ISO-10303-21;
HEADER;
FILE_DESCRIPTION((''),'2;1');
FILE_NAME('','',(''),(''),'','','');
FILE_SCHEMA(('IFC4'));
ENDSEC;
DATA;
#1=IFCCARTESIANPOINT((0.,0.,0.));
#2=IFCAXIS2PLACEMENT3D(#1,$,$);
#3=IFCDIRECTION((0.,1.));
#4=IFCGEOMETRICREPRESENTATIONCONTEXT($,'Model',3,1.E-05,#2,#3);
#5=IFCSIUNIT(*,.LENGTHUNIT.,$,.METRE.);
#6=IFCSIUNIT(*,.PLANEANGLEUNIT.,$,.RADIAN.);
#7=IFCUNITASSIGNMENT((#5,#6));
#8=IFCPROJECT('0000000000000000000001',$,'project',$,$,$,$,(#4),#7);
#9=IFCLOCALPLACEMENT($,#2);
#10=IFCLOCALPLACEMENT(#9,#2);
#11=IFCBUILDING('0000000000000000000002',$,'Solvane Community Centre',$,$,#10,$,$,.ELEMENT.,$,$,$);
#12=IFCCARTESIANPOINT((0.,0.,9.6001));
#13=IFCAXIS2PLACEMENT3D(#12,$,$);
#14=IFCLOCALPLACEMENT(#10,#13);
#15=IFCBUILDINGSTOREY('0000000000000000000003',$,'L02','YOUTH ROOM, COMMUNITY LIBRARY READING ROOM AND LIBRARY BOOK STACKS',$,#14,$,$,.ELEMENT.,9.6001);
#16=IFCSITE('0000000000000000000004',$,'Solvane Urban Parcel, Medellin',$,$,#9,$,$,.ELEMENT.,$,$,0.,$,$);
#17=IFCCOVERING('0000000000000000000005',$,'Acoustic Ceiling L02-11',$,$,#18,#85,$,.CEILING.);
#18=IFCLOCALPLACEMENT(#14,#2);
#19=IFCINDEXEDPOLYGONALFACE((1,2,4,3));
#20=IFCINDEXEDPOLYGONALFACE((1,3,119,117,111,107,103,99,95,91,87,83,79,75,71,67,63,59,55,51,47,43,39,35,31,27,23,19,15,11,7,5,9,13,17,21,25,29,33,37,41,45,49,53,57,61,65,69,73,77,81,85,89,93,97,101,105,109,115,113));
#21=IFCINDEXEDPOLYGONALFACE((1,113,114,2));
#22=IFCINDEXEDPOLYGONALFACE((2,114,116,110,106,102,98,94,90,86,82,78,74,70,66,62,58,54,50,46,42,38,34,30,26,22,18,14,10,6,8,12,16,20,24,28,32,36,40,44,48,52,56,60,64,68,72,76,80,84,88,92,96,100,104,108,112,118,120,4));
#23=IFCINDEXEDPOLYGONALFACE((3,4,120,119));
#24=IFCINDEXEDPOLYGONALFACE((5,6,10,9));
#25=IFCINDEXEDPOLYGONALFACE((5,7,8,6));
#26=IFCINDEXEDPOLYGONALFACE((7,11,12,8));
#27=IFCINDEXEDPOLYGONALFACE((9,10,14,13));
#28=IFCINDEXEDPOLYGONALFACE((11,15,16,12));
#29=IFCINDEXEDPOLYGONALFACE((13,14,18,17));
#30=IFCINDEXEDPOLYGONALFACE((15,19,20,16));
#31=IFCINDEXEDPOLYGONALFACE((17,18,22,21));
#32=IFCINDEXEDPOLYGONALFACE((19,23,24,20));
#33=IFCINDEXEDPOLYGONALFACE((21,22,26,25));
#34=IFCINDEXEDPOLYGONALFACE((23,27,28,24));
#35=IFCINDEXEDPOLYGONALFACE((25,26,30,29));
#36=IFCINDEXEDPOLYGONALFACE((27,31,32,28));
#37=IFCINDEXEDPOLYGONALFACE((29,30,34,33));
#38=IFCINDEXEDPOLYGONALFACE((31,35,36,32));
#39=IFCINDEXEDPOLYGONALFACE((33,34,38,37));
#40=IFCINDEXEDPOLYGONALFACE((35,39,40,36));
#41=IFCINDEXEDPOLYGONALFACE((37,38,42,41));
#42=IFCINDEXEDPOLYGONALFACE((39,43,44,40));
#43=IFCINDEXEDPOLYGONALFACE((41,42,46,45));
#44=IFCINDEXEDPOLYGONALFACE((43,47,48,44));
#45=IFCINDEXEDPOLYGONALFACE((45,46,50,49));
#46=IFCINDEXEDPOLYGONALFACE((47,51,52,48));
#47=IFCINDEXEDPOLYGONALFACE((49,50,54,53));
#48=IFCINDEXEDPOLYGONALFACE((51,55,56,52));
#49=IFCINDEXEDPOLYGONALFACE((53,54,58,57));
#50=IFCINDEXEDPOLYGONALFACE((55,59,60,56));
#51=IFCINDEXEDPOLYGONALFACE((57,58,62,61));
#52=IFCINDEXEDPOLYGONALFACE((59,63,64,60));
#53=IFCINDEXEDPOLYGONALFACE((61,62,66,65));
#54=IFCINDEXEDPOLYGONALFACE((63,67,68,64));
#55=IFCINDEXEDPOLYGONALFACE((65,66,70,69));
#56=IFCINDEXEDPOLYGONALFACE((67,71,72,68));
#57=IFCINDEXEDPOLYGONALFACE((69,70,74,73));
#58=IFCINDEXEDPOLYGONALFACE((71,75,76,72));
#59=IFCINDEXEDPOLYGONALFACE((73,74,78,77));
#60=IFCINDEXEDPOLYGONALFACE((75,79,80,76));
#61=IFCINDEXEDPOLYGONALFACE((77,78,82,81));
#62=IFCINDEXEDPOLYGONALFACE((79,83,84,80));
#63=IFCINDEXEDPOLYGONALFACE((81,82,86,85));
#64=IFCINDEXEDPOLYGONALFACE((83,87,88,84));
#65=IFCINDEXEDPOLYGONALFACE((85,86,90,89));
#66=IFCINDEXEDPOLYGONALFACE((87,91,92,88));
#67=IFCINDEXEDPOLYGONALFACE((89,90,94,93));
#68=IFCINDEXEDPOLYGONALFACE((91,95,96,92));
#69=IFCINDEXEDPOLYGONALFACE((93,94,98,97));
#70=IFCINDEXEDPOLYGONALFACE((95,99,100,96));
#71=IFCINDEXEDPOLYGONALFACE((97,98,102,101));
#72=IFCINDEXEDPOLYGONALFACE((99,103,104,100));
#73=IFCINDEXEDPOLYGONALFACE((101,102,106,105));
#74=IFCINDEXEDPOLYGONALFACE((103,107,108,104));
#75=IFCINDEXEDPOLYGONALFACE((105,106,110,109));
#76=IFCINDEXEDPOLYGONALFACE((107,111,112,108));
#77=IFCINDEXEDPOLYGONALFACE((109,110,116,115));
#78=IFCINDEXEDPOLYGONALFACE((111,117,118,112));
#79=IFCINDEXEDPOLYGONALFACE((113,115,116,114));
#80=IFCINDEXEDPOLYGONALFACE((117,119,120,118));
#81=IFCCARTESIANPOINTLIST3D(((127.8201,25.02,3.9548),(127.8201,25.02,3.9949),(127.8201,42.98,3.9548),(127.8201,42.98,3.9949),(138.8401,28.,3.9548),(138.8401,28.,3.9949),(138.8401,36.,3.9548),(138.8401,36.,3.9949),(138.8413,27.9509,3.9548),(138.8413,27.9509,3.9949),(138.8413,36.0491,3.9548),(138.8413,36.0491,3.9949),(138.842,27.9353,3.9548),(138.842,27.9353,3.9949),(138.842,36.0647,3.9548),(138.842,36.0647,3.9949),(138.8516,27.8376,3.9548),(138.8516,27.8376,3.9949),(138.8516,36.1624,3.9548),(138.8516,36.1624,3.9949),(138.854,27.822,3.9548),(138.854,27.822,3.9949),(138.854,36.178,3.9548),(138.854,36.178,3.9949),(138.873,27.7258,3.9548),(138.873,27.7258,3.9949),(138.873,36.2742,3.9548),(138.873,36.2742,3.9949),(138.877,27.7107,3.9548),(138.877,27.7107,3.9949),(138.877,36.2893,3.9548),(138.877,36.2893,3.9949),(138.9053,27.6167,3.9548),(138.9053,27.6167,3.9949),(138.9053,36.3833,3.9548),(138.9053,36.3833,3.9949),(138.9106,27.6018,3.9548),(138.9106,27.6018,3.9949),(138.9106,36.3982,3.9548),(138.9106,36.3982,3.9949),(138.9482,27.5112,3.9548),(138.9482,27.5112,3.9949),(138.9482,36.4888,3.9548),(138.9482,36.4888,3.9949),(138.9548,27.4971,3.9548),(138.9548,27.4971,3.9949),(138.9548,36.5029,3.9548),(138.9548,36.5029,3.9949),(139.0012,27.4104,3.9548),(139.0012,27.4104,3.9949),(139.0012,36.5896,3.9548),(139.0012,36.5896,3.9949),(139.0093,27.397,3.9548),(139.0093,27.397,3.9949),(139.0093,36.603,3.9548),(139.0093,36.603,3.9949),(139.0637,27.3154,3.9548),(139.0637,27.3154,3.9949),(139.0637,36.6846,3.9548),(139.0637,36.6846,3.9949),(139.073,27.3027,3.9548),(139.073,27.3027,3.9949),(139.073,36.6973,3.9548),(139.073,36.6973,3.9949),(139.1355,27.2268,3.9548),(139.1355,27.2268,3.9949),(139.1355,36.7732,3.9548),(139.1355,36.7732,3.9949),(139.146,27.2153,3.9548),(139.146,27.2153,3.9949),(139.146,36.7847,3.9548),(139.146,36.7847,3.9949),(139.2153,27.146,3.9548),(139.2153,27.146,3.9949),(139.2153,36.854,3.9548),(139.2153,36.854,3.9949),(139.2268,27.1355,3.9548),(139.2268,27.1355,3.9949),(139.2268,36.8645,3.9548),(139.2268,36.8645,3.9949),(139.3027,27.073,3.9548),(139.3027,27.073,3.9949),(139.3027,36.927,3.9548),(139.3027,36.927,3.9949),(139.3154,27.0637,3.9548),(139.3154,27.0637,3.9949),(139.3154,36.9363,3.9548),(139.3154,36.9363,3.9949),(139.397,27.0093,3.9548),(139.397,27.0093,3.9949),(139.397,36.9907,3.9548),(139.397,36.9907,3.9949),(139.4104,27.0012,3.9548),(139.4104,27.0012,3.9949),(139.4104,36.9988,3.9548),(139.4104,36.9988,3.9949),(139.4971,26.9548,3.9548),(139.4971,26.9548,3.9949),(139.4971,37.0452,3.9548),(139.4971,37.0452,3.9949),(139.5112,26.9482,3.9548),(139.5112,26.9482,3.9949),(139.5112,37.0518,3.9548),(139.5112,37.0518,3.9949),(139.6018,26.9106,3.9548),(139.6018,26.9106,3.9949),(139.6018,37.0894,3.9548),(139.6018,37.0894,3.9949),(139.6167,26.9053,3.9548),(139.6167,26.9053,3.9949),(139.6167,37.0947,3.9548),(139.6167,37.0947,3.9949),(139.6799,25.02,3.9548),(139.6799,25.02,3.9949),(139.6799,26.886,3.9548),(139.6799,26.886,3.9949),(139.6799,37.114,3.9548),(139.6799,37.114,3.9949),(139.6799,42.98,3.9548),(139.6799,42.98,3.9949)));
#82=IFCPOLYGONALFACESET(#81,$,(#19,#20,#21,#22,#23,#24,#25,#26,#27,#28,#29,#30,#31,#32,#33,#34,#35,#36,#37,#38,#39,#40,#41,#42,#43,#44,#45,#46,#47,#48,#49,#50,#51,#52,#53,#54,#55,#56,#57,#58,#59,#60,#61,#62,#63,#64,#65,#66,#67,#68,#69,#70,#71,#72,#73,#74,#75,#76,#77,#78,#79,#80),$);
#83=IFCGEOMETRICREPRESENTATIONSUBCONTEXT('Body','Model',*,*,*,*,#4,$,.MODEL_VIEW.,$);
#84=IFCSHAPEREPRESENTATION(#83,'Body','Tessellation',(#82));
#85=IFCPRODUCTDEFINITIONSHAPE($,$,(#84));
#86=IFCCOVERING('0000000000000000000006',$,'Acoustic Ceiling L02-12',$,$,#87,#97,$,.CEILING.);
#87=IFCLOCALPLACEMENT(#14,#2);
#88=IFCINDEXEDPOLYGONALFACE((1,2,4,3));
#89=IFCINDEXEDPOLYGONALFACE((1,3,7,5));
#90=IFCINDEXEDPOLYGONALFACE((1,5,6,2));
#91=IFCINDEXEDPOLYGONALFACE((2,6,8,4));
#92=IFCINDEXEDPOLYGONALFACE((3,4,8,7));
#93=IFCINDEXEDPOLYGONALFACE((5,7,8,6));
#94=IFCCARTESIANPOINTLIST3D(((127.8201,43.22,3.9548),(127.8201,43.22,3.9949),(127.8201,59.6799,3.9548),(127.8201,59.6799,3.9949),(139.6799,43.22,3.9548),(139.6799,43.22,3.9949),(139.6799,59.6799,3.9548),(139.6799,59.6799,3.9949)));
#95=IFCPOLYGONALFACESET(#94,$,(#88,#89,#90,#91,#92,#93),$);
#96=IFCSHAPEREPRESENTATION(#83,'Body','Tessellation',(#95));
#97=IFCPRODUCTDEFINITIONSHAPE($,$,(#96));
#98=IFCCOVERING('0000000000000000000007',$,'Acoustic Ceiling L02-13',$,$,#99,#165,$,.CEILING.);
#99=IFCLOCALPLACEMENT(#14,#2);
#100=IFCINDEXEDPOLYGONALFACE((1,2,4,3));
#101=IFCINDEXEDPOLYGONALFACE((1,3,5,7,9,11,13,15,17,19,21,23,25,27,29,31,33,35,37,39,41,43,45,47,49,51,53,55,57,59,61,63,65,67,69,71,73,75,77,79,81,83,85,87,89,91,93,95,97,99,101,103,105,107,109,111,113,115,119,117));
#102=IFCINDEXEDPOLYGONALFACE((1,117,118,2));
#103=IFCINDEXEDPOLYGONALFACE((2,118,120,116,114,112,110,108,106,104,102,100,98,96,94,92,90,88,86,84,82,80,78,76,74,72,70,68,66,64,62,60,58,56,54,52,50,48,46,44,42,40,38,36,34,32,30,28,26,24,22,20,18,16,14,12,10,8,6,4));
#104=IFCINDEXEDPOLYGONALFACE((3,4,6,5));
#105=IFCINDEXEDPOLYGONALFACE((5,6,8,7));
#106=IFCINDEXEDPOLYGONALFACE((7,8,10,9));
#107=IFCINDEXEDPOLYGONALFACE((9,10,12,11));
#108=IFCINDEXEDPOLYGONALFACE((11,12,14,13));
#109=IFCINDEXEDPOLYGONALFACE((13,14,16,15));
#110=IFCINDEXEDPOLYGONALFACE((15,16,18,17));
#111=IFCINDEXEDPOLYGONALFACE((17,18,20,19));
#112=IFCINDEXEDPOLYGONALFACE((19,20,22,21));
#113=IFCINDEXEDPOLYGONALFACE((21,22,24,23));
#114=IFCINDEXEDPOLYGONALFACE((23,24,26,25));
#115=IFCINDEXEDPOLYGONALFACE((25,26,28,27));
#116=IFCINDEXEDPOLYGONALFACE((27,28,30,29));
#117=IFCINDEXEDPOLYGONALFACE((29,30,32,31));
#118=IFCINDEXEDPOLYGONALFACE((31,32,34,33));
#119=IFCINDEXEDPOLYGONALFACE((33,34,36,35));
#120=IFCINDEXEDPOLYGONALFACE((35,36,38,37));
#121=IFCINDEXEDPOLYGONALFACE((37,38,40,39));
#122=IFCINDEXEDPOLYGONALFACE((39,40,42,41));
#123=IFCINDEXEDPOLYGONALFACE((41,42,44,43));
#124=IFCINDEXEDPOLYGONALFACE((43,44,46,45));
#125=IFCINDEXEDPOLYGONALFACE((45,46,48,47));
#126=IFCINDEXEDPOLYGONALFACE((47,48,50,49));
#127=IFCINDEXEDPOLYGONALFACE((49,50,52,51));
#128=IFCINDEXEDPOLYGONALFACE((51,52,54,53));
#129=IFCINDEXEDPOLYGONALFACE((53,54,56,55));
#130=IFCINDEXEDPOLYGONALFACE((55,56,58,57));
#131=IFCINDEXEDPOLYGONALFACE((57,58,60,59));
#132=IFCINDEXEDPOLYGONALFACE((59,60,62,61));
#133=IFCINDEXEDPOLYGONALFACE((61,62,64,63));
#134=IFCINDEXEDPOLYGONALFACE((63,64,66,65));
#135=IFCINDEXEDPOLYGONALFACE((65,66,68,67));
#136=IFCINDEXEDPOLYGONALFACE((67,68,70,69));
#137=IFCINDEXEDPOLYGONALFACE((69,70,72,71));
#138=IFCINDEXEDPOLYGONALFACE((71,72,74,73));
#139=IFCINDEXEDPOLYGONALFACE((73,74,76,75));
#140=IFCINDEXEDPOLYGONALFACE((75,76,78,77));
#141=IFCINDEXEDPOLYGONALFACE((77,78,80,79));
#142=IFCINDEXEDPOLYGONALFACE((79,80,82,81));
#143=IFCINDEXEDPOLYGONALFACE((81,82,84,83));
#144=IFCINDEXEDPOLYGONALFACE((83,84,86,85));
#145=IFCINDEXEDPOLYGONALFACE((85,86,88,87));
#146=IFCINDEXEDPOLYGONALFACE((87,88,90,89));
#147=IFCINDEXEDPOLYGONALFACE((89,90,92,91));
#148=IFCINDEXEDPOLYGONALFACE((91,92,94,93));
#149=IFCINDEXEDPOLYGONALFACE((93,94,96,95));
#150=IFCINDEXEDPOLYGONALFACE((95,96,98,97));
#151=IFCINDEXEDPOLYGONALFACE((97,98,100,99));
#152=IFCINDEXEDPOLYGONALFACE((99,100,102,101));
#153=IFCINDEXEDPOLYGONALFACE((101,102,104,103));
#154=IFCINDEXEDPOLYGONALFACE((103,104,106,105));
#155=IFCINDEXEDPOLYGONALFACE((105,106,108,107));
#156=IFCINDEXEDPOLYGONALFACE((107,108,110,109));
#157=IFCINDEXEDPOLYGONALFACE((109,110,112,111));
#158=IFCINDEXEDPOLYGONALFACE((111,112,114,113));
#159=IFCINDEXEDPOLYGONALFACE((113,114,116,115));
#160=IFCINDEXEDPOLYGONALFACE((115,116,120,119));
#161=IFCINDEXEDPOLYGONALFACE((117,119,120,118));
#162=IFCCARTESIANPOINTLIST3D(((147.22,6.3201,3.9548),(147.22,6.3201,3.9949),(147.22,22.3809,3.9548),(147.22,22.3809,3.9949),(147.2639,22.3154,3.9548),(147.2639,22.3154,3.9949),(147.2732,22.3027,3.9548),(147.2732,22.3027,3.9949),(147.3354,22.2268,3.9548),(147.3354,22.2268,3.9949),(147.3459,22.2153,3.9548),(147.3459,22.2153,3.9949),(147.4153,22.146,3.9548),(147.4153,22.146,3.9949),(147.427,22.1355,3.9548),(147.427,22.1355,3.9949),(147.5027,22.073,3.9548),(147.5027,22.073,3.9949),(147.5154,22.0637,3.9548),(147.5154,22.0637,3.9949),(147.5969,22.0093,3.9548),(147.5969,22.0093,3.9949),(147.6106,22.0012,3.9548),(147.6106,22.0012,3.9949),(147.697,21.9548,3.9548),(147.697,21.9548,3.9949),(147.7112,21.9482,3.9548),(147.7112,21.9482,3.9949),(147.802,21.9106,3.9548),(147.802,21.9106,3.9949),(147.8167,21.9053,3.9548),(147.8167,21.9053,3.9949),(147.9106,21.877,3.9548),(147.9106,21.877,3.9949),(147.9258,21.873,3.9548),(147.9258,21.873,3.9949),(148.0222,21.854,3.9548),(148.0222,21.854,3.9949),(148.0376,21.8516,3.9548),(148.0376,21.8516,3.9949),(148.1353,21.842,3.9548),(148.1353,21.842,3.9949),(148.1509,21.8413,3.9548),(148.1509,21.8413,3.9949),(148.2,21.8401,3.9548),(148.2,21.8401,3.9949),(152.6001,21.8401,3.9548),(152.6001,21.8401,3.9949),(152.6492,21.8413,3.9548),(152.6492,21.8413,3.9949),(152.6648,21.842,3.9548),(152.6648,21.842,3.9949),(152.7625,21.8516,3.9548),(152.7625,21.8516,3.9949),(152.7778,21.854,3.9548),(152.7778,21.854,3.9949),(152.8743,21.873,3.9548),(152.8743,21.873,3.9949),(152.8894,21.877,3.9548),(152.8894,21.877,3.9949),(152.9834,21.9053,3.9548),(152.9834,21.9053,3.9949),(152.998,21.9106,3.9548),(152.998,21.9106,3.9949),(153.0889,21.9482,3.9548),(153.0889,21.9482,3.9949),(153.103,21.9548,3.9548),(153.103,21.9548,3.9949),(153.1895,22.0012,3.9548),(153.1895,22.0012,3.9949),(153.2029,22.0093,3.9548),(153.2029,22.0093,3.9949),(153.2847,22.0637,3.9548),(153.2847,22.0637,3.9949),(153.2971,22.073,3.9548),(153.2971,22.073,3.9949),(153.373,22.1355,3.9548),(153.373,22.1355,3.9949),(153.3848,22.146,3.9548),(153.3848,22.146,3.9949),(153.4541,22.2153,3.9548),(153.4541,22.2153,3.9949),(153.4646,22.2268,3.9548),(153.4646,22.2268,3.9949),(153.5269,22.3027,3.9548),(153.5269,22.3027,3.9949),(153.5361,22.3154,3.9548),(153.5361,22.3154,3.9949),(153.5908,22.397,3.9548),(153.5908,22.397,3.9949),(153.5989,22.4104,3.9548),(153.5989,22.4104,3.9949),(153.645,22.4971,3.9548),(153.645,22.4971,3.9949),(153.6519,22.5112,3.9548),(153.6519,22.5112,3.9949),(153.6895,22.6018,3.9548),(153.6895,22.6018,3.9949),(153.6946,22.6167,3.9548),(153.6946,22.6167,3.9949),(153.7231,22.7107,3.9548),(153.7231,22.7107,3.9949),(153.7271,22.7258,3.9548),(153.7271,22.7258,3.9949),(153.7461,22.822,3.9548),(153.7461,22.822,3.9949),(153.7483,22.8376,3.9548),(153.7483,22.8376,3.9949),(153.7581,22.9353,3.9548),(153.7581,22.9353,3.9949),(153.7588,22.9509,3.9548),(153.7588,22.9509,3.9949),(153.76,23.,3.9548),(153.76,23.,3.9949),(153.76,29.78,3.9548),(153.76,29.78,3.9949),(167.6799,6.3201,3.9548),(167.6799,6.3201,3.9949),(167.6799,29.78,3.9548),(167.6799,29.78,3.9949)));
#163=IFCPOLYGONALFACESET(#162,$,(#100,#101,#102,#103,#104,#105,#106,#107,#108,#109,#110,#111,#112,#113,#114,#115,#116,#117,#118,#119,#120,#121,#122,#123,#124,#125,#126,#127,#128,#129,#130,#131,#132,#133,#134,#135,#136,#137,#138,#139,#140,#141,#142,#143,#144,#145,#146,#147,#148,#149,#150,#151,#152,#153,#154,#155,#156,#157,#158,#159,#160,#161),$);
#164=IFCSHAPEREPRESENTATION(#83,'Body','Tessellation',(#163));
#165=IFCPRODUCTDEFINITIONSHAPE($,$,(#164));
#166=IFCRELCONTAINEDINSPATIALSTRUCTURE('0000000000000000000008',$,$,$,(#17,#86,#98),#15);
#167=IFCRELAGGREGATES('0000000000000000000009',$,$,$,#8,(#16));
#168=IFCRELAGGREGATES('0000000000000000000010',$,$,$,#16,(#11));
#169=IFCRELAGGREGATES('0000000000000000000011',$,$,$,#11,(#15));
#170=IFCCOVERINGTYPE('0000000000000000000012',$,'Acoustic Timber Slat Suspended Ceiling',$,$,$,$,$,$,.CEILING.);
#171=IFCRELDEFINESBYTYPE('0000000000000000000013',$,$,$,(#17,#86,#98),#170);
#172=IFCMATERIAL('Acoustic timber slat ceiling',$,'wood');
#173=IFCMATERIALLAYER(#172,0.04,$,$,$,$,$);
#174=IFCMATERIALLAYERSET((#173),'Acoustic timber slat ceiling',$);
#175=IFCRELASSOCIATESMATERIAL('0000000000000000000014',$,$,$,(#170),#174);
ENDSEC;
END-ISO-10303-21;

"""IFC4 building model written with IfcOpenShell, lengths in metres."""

from ifc_helpers import new_model, si_unit, direction, frame, origin, place, context, subcontext, project, spatial, polyline, outline, extrude, material, layer, layer_set, type_object, element, save


model = new_model("IFC4")

# Units and contexts
model_context = context("Model", 3, precision=1e-05, world=origin(), true_north=direction((0.0, 1.0)))
body_context = subcontext(model_context, "Body", "Model", "MODEL_VIEW")
ifc_project = project(units=[si_unit("LENGTHUNIT", "METRE"), si_unit("PLANEANGLEUNIT", "RADIAN")], contexts=[model_context])

# Site, building, storey
site_placement = place(None, origin())
site = spatial("IfcSite", under=ifc_project, at=site_placement, Name="Solvane Urban Parcel, Medellin", CompositionType="ELEMENT", RefElevation=0.0)
building_placement = place(site_placement, origin())
building = spatial("IfcBuilding", under=site, at=building_placement, Name="Solvane Community Centre", CompositionType="ELEMENT")
storey_placement = place(building_placement, frame((0.0, 0.0, 9.6001)))
storey = spatial("IfcBuildingStorey", under=building, at=storey_placement, Name="L02", Description="YOUTH ROOM, COMMUNITY LIBRARY READING ROOM AND LIBRARY BOOK STACKS", CompositionType="ELEMENT", Elevation=9.6001)

# Coverings
ifc_material_1 = material(Name="Acoustic timber slat ceiling", Category="wood")
ifc_layer_1 = layer(ifc_material_1, 0.04)
ifc_layer_set_1 = layer_set([ifc_layer_1], Name="Acoustic timber slat ceiling")
covering_type = type_object("IfcCoveringType", Name="Acoustic Timber Slat Suspended Ceiling", PredefinedType="CEILING", material=ifc_layer_set_1)
covering_1_placement = place(storey_placement, frame((0.0, 0.0, 3.9548)))
element("IfcCovering", 1, at=covering_1_placement, inside=storey, type_object=covering_type, Name="Acoustic Ceiling L02-11", PredefinedType="CEILING", context=body_context, shape_type="SweptSolid", body=[
    extrude(outline(polyline([(139.6799, 25.02), (127.8201, 25.02), (127.8201, 42.98), (139.6799, 42.98), (139.6799, 37.114), (139.6167, 37.0947), (139.6018, 37.0894), (139.5112, 37.0518), (139.4971, 37.0452), (139.4104, 36.9988), (139.397, 36.9907), (139.3154, 36.9363), (139.3027, 36.927), (139.2268, 36.8645), (139.2153, 36.854), (139.146, 36.7847), (139.1355, 36.7732), (139.073, 36.6973), (139.0637, 36.6846), (139.0093, 36.603), (139.0012, 36.5896), (138.9548, 36.5029), (138.9482, 36.4888), (138.9106, 36.3982), (138.9053, 36.3833), (138.877, 36.2893), (138.873, 36.2742), (138.854, 36.178), (138.8516, 36.1624), (138.842, 36.0647), (138.8413, 36.0491), (138.8401, 36.0), (138.8401, 28.0), (138.8413, 27.9509), (138.842, 27.9353), (138.8516, 27.8376), (138.854, 27.822), (138.873, 27.7258), (138.877, 27.7107), (138.9053, 27.6167), (138.9106, 27.6018), (138.9482, 27.5112), (138.9548, 27.4971), (139.0012, 27.4104), (139.0093, 27.397), (139.0637, 27.3154), (139.073, 27.3027), (139.1355, 27.2268), (139.146, 27.2153), (139.2153, 27.146), (139.2268, 27.1355), (139.3027, 27.073), (139.3154, 27.0637), (139.397, 27.0093), (139.4104, 27.0012), (139.4971, 26.9548), (139.5112, 26.9482), (139.6018, 26.9106), (139.6167, 26.9053), (139.6799, 26.886), (139.6799, 25.02)])), origin(), (0.0, 0.0, 1.0), 0.04),
])
covering_2_placement = place(storey_placement, frame((0.0, 0.0, 3.9548)))
element("IfcCovering", 2, at=covering_2_placement, inside=storey, type_object=covering_type, Name="Acoustic Ceiling L02-12", PredefinedType="CEILING", context=body_context, shape_type="SweptSolid", body=[
    extrude(outline(polyline([(127.8201, 43.22), (127.8201, 59.6799), (139.6799, 59.6799), (139.6799, 43.22), (127.8201, 43.22)])), origin(), (0.0, 0.0, 1.0), 0.04),
])
covering_3_placement = place(storey_placement, frame((0.0, 0.0, 3.9548)))
element("IfcCovering", 3, at=covering_3_placement, inside=storey, type_object=covering_type, Name="Acoustic Ceiling L02-13", PredefinedType="CEILING", context=body_context, shape_type="SweptSolid", body=[
    extrude(outline(polyline([(167.6799, 29.78), (167.6799, 6.3201), (147.22, 6.3201), (147.22, 22.3809), (147.2639, 22.3154), (147.2732, 22.3027), (147.3354, 22.2268), (147.3459, 22.2153), (147.4153, 22.146), (147.427, 22.1355), (147.5027, 22.073), (147.5154, 22.0637), (147.5969, 22.0093), (147.6106, 22.0012), (147.697, 21.9548), (147.7112, 21.9482), (147.802, 21.9106), (147.8167, 21.9053), (147.9106, 21.877), (147.9258, 21.873), (148.0222, 21.854), (148.0376, 21.8516), (148.1353, 21.842), (148.1509, 21.8413), (148.2, 21.8401), (152.6001, 21.8401), (152.6492, 21.8413), (152.6648, 21.842), (152.7625, 21.8516), (152.7778, 21.854), (152.8743, 21.873), (152.8894, 21.877), (152.9834, 21.9053), (152.998, 21.9106), (153.0889, 21.9482), (153.103, 21.9548), (153.1895, 22.0012), (153.2029, 22.0093), (153.2847, 22.0637), (153.2971, 22.073), (153.373, 22.1355), (153.3848, 22.146), (153.4541, 22.2153), (153.4646, 22.2268), (153.5269, 22.3027), (153.5361, 22.3154), (153.5908, 22.397), (153.5989, 22.4104), (153.645, 22.4971), (153.6519, 22.5112), (153.6895, 22.6018), (153.6946, 22.6167), (153.7231, 22.7107), (153.7271, 22.7258), (153.7461, 22.822), (153.7483, 22.8376), (153.7581, 22.9353), (153.7588, 22.9509), (153.76, 23.0), (153.76, 29.78), (167.6799, 29.78)])), origin(), (0.0, 0.0, 1.0), 0.04),
])

save(model, "model.ifc")
